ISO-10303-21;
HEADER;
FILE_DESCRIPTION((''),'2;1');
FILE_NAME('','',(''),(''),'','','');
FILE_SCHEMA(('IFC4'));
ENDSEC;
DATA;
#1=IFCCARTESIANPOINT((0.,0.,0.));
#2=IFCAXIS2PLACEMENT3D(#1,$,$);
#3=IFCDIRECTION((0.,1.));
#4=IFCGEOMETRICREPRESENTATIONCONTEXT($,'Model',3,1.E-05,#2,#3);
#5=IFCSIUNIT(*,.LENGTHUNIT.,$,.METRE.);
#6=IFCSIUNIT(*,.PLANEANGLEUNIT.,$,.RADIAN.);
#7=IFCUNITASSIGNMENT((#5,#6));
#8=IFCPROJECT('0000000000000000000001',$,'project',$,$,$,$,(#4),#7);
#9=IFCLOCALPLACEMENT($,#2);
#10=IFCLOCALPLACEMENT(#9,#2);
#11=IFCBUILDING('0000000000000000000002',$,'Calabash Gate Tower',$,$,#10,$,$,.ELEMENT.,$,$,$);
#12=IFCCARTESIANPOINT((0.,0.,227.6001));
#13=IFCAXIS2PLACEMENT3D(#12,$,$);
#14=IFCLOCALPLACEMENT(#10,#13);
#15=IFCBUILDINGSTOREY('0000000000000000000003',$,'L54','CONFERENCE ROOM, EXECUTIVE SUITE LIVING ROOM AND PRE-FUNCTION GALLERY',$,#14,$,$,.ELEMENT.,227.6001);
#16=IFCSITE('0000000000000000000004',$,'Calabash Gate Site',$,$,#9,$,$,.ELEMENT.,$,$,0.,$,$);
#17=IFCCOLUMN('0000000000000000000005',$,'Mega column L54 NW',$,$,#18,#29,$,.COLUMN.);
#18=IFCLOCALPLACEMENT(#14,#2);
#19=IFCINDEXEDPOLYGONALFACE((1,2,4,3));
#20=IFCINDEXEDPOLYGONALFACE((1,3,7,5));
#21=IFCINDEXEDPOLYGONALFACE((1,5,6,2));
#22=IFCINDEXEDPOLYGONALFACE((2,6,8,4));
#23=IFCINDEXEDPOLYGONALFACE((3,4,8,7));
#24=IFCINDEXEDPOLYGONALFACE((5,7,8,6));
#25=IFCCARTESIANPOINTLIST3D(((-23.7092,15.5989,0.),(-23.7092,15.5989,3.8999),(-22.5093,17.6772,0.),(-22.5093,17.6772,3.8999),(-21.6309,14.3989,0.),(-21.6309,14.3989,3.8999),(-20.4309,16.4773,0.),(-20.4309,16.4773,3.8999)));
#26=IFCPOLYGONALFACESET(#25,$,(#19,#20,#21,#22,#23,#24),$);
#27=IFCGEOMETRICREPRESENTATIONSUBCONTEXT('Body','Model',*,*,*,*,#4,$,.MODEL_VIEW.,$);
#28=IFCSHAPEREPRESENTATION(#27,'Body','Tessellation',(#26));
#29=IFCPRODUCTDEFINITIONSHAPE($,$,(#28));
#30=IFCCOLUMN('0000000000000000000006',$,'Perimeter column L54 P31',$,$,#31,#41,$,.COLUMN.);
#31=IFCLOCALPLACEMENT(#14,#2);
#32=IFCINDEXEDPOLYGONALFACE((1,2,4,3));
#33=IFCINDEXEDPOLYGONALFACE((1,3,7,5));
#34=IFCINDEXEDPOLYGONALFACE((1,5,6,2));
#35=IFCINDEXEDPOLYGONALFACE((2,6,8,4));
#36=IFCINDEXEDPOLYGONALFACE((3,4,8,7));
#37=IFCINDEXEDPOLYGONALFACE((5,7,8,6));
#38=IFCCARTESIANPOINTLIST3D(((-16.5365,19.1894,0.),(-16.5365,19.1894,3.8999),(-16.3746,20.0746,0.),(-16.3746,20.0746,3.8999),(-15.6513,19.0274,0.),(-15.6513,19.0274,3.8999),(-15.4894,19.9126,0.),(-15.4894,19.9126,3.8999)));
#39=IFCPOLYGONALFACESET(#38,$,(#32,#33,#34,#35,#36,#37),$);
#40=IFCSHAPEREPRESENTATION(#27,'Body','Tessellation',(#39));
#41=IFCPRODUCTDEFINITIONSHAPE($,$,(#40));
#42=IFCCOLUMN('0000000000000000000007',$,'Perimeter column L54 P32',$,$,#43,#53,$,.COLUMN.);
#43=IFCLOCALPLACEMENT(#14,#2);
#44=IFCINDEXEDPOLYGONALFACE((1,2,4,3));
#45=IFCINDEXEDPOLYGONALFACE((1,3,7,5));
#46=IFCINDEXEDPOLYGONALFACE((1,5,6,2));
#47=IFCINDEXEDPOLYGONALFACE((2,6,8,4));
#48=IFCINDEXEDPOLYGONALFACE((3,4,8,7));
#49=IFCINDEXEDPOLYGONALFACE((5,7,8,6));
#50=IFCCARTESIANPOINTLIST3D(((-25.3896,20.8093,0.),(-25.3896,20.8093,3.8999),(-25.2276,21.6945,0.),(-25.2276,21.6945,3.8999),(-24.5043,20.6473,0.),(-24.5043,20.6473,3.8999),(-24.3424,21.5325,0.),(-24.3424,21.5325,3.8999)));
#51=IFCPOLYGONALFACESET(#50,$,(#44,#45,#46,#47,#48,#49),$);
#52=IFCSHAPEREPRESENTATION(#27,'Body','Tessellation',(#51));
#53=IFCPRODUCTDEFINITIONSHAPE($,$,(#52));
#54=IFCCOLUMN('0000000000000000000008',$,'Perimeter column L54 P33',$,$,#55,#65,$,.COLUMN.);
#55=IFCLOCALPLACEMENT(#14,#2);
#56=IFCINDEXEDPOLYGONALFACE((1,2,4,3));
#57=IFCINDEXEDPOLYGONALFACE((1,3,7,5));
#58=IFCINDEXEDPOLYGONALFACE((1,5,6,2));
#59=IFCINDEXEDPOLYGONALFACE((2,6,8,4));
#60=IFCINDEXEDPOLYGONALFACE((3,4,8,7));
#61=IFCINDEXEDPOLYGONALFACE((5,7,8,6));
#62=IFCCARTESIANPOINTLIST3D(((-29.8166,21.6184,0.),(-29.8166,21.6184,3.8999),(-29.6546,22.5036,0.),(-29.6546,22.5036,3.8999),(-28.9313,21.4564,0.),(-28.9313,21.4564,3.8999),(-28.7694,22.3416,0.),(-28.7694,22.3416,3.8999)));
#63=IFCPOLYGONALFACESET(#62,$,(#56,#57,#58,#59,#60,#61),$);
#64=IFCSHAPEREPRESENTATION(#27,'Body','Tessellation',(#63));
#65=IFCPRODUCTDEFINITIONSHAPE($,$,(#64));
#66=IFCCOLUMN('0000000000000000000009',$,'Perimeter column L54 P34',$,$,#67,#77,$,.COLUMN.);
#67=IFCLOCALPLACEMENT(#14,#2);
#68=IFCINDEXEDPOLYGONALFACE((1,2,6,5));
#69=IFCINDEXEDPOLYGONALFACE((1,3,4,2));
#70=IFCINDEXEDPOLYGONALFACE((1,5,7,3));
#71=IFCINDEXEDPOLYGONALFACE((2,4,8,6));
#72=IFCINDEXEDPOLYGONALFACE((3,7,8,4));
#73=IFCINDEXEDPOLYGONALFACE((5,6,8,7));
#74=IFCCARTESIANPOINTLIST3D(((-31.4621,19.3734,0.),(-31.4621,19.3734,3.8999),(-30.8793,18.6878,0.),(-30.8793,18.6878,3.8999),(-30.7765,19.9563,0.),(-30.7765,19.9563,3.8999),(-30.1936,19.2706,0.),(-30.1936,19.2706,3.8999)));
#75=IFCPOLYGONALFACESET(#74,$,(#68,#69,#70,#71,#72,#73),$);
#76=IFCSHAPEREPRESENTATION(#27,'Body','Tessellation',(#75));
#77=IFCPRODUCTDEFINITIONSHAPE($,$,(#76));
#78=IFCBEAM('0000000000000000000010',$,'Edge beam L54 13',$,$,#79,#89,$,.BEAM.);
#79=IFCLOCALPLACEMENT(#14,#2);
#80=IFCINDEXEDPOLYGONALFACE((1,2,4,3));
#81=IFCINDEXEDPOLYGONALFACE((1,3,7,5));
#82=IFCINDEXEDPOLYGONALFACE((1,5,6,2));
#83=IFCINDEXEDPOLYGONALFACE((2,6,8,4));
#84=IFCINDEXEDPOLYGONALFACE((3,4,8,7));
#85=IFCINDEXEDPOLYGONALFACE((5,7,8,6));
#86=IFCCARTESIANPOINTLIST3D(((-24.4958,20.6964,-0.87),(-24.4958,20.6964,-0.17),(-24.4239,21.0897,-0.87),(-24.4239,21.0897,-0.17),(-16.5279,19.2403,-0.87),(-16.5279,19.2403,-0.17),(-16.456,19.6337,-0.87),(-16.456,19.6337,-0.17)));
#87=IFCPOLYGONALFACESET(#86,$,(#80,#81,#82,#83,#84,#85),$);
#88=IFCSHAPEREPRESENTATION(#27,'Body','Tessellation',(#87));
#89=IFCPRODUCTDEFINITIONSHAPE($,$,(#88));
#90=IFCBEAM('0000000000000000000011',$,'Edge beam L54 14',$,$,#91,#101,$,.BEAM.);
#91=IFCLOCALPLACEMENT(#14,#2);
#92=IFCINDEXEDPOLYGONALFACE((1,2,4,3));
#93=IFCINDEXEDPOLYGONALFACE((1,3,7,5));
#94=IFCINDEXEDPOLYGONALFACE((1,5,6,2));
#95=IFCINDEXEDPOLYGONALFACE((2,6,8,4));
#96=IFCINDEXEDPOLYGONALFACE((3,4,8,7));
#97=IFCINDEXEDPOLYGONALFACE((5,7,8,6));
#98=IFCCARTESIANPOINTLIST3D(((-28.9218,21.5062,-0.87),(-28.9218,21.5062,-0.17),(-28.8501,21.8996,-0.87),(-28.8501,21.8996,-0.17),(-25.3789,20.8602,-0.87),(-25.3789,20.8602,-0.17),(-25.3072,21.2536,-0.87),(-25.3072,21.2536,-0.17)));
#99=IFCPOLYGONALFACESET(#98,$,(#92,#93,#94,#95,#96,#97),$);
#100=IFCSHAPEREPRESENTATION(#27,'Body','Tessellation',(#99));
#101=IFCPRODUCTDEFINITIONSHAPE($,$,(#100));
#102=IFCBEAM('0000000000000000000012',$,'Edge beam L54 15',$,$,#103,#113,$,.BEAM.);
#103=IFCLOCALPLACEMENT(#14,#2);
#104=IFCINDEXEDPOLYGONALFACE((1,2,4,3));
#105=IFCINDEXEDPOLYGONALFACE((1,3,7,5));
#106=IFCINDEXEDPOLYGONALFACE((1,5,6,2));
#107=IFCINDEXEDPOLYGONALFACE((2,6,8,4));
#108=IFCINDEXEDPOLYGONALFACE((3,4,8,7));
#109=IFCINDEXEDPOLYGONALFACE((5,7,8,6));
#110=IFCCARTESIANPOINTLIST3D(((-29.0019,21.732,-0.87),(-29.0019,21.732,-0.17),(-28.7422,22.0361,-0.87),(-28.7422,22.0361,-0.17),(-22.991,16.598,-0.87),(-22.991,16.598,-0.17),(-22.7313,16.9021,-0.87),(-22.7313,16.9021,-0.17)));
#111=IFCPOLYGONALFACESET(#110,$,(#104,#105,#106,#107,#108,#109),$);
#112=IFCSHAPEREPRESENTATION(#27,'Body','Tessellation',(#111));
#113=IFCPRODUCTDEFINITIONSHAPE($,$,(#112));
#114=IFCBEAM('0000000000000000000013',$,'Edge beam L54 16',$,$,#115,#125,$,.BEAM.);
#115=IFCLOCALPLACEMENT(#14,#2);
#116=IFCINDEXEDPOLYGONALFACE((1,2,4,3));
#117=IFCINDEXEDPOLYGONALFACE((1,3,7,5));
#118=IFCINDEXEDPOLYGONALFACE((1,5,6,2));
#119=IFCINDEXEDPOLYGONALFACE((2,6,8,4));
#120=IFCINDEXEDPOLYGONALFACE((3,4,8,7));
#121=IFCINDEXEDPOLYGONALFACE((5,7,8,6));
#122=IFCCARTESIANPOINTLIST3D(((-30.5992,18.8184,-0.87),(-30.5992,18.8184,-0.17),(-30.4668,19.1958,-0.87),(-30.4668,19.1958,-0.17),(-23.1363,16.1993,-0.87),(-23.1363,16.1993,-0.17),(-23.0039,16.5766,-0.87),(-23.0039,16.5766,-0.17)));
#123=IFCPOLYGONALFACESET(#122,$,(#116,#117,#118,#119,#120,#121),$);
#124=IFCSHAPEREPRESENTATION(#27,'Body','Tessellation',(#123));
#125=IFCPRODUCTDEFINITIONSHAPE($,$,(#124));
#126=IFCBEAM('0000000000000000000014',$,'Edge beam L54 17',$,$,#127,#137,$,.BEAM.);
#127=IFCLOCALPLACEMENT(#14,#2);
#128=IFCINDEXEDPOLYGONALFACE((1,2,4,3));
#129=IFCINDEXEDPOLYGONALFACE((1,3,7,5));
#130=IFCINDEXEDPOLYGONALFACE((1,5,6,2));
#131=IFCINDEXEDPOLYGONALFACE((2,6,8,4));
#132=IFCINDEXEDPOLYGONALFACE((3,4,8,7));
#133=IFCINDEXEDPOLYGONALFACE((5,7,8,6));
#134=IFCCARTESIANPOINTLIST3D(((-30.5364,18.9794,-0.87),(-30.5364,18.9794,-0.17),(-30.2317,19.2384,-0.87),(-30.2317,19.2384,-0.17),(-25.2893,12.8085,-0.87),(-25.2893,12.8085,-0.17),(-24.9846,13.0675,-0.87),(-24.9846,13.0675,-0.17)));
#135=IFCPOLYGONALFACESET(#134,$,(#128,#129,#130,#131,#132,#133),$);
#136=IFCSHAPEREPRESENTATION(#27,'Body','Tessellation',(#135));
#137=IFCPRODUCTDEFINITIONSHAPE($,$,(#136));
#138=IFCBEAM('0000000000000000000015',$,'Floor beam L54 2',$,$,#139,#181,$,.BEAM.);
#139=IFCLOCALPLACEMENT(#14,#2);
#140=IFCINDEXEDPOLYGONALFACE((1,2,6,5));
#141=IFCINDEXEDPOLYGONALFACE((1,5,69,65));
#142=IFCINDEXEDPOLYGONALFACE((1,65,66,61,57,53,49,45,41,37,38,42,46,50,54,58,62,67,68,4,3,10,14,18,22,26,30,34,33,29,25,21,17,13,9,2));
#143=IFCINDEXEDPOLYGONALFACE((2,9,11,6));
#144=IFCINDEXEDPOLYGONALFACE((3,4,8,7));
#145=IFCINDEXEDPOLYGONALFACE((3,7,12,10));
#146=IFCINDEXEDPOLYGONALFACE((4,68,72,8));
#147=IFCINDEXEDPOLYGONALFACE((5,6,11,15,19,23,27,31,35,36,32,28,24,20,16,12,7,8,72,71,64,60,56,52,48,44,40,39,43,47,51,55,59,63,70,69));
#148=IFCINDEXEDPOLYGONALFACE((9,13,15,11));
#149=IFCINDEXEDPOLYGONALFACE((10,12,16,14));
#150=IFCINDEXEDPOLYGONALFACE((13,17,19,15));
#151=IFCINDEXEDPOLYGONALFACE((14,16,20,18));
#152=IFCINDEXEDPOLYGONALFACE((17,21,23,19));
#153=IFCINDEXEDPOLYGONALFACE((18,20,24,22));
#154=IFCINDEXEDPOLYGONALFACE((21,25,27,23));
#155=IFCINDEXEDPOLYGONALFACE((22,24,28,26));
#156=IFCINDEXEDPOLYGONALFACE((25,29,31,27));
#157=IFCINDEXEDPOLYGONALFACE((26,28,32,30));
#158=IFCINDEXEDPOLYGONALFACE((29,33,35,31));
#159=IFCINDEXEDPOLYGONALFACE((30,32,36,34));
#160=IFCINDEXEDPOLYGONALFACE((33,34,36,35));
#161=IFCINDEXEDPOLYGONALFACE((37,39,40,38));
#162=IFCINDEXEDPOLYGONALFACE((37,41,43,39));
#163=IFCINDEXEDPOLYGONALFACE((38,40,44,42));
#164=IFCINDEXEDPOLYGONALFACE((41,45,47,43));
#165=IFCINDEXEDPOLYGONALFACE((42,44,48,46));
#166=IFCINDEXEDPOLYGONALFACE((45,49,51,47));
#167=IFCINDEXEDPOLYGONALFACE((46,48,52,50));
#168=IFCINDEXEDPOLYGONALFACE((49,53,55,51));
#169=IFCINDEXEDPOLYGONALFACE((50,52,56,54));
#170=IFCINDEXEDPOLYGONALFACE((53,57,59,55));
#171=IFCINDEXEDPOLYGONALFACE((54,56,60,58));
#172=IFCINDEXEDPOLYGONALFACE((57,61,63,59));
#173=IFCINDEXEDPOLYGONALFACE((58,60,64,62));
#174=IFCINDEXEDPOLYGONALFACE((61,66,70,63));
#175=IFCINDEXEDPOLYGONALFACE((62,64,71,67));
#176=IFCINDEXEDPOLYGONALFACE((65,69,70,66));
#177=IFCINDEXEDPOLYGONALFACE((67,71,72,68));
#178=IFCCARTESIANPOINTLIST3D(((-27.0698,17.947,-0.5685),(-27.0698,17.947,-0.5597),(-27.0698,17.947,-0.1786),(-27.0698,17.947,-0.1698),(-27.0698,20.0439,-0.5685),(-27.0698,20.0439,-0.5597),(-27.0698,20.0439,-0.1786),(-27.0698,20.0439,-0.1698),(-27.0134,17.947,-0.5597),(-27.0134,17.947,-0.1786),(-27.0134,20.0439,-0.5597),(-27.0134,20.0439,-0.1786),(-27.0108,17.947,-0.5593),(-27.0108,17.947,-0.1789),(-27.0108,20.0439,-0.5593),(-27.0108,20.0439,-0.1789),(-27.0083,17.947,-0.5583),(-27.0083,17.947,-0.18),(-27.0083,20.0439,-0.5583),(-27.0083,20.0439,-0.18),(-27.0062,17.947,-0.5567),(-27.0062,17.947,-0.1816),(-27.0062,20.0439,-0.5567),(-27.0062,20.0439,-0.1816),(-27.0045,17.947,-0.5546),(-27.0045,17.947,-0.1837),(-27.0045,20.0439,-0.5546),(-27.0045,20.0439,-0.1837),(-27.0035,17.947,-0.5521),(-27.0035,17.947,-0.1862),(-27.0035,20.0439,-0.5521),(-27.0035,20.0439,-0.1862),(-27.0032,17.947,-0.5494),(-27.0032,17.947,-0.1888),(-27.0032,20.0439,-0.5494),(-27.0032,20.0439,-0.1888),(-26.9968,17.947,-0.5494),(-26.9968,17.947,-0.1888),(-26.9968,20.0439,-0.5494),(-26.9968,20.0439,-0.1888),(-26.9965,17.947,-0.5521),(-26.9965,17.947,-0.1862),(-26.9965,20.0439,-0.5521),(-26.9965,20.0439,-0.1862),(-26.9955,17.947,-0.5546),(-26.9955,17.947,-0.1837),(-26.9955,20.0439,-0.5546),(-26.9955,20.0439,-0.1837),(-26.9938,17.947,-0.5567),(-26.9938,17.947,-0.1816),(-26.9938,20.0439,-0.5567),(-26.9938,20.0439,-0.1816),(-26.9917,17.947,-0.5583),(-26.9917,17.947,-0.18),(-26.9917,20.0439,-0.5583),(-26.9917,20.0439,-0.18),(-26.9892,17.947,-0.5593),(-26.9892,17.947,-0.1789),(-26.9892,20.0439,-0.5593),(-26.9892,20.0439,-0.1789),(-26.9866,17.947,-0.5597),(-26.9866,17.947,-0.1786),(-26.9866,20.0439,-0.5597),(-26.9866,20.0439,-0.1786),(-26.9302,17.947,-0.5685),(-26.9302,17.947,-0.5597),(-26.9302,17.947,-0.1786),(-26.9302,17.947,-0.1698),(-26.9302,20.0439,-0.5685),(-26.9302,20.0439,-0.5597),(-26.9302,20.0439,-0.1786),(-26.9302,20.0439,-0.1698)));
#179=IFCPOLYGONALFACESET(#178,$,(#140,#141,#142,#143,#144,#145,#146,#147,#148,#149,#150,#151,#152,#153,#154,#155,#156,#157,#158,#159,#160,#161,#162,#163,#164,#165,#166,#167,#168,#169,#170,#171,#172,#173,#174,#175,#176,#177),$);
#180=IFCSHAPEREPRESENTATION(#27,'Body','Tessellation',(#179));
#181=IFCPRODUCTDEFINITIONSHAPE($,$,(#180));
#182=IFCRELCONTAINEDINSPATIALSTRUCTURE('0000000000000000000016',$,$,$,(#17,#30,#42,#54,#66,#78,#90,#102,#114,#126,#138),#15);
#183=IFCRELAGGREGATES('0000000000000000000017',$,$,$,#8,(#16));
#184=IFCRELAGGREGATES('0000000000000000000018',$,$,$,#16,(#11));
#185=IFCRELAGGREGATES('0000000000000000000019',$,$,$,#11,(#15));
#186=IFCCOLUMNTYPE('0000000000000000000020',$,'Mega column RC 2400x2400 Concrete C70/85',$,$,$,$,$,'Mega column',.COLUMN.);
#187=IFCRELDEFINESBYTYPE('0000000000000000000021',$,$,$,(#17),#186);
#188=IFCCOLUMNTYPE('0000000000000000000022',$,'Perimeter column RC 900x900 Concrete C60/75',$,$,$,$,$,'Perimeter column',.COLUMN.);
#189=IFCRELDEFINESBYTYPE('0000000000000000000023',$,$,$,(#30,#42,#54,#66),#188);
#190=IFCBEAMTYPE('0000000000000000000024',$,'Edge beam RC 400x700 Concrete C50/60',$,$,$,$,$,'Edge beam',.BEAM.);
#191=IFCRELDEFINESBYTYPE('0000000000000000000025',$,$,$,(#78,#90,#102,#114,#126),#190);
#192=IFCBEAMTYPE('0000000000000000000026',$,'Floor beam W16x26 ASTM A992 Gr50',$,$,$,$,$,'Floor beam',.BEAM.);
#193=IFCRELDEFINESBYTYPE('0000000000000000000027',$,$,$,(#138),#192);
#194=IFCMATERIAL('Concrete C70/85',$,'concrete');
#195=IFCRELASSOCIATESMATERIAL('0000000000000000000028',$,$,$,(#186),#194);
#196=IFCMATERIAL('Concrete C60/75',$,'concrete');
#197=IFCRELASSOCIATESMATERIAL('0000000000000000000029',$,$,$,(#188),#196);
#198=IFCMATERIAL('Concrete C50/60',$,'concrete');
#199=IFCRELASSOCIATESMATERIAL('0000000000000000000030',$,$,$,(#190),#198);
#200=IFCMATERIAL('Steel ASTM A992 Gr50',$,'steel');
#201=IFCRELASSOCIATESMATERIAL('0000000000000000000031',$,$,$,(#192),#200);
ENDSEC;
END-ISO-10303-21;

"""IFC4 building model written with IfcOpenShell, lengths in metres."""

from ifc_helpers import new_model, si_unit, direction, frame, origin, origin_2d, place, context, subcontext, project, spatial, rectangle, i_section, extrude, material, material_profile, profile_set, type_object, element, save


model = new_model("IFC4")

# Units and contexts
model_context = context("Model", 3, precision=1e-05, world=origin(), true_north=direction((0.0, 1.0)))
body_context = subcontext(model_context, "Body", "Model", "MODEL_VIEW")
ifc_project = project(units=[si_unit("LENGTHUNIT", "METRE"), si_unit("PLANEANGLEUNIT", "RADIAN")], contexts=[model_context])

# Site, building, storey
site_placement = place(None, origin())
site = spatial("IfcSite", under=ifc_project, at=site_placement, Name="Calabash Gate Site", CompositionType="ELEMENT", RefElevation=0.0)
building_placement = place(site_placement, origin())
building = spatial("IfcBuilding", under=site, at=building_placement, Name="Calabash Gate Tower", CompositionType="ELEMENT")
storey_placement = place(building_placement, frame((0.0, 0.0, 227.6001)))
storey = spatial("IfcBuildingStorey", under=building, at=storey_placement, Name="L54", Description="CONFERENCE ROOM, EXECUTIVE SUITE LIVING ROOM AND PRE-FUNCTION GALLERY", CompositionType="ELEMENT", Elevation=227.6001)

# Columns
ifc_material_1 = material(Name="Concrete C70/85", Category="concrete")
ifc_material_profile_1 = material_profile(ifc_material_1, rectangle(XDim=2.3999, YDim=2.3999, at=origin_2d()))
ifc_profile_set_1 = profile_set([ifc_material_profile_1], Name="Concrete C70/85")
column_type_1 = type_object("IfcColumnType", Name="Mega column RC 2400x2400 Concrete C70/85", ElementType="Mega column", PredefinedType="COLUMN", material=ifc_profile_set_1)
column_placement = place(storey_placement, frame((-22.0701, 16.0381, 0.0), z_axis=(0.0, 0.0, 1.0), x_axis=(0.866025, -0.5, 0.0)))
element("IfcColumn", 1, at=column_placement, inside=storey, type_object=column_type_1, Name="Mega column L54 NW", PredefinedType="COLUMN", context=body_context, shape_type="SweptSolid", body=[
    extrude(rectangle(XDim=2.3999, YDim=2.3999, at=origin_2d()), origin(), (0.0, 0.0, 1.0), 3.8999),
])
ifc_material_2 = material(Name="Concrete C60/75", Category="concrete")
ifc_material_profile_2 = material_profile(ifc_material_2, rectangle(XDim=0.8999, YDim=0.8999, at=origin_2d()))
ifc_profile_set_2 = profile_set([ifc_material_profile_2], Name="Concrete C60/75")
column_type_2 = type_object("IfcColumnType", Name="Perimeter column RC 900x900 Concrete C60/75", ElementType="Perimeter column", PredefinedType="COLUMN", material=ifc_profile_set_2)
for number, where, z_axis, x_axis, name in (
    (2, (-16.0129, 19.551, 0.0), (0.0, 0.0, 1.0), (-0.98367, 0.179982, 0.0), "Perimeter column L54 P31"),
    (3, (-24.866, 21.1709, 0.0), (0.0, 0.0, 1.0), (-0.98367, 0.179982, 0.0), "Perimeter column L54 P32"),
    (4, (-29.293, 21.98, 0.0), (0.0, 0.0, 1.0), (-0.98367, 0.179982, 0.0), "Perimeter column L54 P33"),
    (5, (-30.8279, 19.322, 0.0), (0.0, 0.0, 1.0), (0.647704, -0.761892, 0.0), "Perimeter column L54 P34"),
):
    element("IfcColumn", number, at=place(storey_placement, frame(where, z_axis=z_axis, x_axis=x_axis)), inside=storey, type_object=column_type_2, Name=name, PredefinedType="COLUMN", context=body_context, shape_type="SweptSolid", body=[
        extrude(rectangle(XDim=0.8999, YDim=0.8999, at=origin_2d()), origin(), (0.0, 0.0, 1.0), 3.8999),
    ])

# Beams
ifc_material_3 = material(Name="Concrete C50/60", Category="concrete")
ifc_material_profile_3 = material_profile(ifc_material_3, rectangle(XDim=0.3999, YDim=0.7, at=origin_2d()))
ifc_profile_set_3 = profile_set([ifc_material_profile_3], Name="Concrete C50/60")
beam_type_1 = type_object("IfcBeamType", Name="Edge beam RC 400x700 Concrete C50/60", ElementType="Edge beam", PredefinedType="BEAM", material=ifc_profile_set_3)
beam_1_placement = place(storey_placement, frame((-16.4919, 19.437, -0.52), z_axis=(-0.98371, 0.179761, 0.0), x_axis=(-0.179761, -0.98371, 0.0)))
element("IfcBeam", 6, at=beam_1_placement, inside=storey, type_object=beam_type_1, Name="Edge beam L54 13", PredefinedType="BEAM", context=body_context, shape_type="SweptSolid", body=[
    extrude(rectangle(XDim=0.3999, YDim=0.7, at=origin_2d()), origin(), (0.0, 0.0, 1.0), 8.0999),
])
beam_2_placement = place(storey_placement, frame((-25.343, 21.0569, -0.52), z_axis=(-0.983781, 0.179375, 0.0), x_axis=(-0.179375, -0.983781, 0.0)))
element("IfcBeam", 7, at=beam_2_placement, inside=storey, type_object=beam_type_1, Name="Edge beam L54 14", PredefinedType="BEAM", context=body_context, shape_type="SweptSolid", body=[
    extrude(rectangle(XDim=0.3999, YDim=0.7, at=origin_2d()), origin(), (0.0, 0.0, 1.0), 3.6013),
])
beam_3_placement = place(storey_placement, frame((-28.8721, 21.884, -0.52), z_axis=(0.760396, -0.64946, 0.0), x_axis=(0.64946, 0.760396, 0.0)))
element("IfcBeam", 8, at=beam_3_placement, inside=storey, type_object=beam_type_1, Name="Edge beam L54 15", PredefinedType="BEAM", context=body_context, shape_type="SweptSolid", body=[
    extrude(rectangle(XDim=0.3999, YDim=0.7, at=origin_2d()), origin(), (0.0, 0.0, 1.0), 7.905),
])
beam_4_placement = place(storey_placement, frame((-23.0701, 16.3879, -0.52), z_axis=(-0.943577, 0.331153, 0.0), x_axis=(-0.331153, -0.943577, 0.0)))
element("IfcBeam", 9, at=beam_4_placement, inside=storey, type_object=beam_type_1, Name="Edge beam L54 16", PredefinedType="BEAM", context=body_context, shape_type="SweptSolid", body=[
    extrude(rectangle(XDim=0.3999, YDim=0.7, at=origin_2d()), origin(), (0.0, 0.0, 1.0), 7.9092),
])
beam_5_placement = place(storey_placement, frame((-30.384, 19.1089, -0.52), z_axis=(0.647778, -0.761829, 0.0), x_axis=(0.761829, 0.647778, 0.0)))
element("IfcBeam", 10, at=beam_5_placement, inside=storey, type_object=beam_type_1, Name="Edge beam L54 17", PredefinedType="BEAM", context=body_context, shape_type="SweptSolid", body=[
    extrude(rectangle(XDim=0.3999, YDim=0.7, at=origin_2d()), origin(), (0.0, 0.0, 1.0), 8.1001),
])
ifc_material_4 = material(Name="Steel ASTM A992 Gr50", Category="steel")
ifc_material_profile_4 = material_profile(ifc_material_4, i_section(OverallWidth=0.1396, OverallDepth=0.3987, WebThickness=0.0063, FlangeThickness=0.0088, FilletRadius=0.0103, at=origin_2d()))
ifc_profile_set_4 = profile_set([ifc_material_profile_4], Name="Steel ASTM A992 Gr50")
beam_type_2 = type_object("IfcBeamType", Name="Floor beam W16x26 ASTM A992 Gr50", ElementType="Floor beam", PredefinedType="BEAM", material=ifc_profile_set_4)
beam_6_placement = place(storey_placement, frame((-27.0, 17.947, -0.3691), z_axis=(0.0, 1.0, 0.0), x_axis=(-1.0, 0.0, 0.0)))
element("IfcBeam", 11, at=beam_6_placement, inside=storey, type_object=beam_type_2, Name="Floor beam L54 2", PredefinedType="BEAM", context=body_context, shape_type="SweptSolid", body=[
    extrude(i_section(OverallWidth=0.1396, OverallDepth=0.3987, WebThickness=0.0063, FlangeThickness=0.0088, FilletRadius=0.0103, at=origin_2d()), origin(), (0.0, 0.0, 1.0), 2.0969),
])

save(model, "model.ifc")
